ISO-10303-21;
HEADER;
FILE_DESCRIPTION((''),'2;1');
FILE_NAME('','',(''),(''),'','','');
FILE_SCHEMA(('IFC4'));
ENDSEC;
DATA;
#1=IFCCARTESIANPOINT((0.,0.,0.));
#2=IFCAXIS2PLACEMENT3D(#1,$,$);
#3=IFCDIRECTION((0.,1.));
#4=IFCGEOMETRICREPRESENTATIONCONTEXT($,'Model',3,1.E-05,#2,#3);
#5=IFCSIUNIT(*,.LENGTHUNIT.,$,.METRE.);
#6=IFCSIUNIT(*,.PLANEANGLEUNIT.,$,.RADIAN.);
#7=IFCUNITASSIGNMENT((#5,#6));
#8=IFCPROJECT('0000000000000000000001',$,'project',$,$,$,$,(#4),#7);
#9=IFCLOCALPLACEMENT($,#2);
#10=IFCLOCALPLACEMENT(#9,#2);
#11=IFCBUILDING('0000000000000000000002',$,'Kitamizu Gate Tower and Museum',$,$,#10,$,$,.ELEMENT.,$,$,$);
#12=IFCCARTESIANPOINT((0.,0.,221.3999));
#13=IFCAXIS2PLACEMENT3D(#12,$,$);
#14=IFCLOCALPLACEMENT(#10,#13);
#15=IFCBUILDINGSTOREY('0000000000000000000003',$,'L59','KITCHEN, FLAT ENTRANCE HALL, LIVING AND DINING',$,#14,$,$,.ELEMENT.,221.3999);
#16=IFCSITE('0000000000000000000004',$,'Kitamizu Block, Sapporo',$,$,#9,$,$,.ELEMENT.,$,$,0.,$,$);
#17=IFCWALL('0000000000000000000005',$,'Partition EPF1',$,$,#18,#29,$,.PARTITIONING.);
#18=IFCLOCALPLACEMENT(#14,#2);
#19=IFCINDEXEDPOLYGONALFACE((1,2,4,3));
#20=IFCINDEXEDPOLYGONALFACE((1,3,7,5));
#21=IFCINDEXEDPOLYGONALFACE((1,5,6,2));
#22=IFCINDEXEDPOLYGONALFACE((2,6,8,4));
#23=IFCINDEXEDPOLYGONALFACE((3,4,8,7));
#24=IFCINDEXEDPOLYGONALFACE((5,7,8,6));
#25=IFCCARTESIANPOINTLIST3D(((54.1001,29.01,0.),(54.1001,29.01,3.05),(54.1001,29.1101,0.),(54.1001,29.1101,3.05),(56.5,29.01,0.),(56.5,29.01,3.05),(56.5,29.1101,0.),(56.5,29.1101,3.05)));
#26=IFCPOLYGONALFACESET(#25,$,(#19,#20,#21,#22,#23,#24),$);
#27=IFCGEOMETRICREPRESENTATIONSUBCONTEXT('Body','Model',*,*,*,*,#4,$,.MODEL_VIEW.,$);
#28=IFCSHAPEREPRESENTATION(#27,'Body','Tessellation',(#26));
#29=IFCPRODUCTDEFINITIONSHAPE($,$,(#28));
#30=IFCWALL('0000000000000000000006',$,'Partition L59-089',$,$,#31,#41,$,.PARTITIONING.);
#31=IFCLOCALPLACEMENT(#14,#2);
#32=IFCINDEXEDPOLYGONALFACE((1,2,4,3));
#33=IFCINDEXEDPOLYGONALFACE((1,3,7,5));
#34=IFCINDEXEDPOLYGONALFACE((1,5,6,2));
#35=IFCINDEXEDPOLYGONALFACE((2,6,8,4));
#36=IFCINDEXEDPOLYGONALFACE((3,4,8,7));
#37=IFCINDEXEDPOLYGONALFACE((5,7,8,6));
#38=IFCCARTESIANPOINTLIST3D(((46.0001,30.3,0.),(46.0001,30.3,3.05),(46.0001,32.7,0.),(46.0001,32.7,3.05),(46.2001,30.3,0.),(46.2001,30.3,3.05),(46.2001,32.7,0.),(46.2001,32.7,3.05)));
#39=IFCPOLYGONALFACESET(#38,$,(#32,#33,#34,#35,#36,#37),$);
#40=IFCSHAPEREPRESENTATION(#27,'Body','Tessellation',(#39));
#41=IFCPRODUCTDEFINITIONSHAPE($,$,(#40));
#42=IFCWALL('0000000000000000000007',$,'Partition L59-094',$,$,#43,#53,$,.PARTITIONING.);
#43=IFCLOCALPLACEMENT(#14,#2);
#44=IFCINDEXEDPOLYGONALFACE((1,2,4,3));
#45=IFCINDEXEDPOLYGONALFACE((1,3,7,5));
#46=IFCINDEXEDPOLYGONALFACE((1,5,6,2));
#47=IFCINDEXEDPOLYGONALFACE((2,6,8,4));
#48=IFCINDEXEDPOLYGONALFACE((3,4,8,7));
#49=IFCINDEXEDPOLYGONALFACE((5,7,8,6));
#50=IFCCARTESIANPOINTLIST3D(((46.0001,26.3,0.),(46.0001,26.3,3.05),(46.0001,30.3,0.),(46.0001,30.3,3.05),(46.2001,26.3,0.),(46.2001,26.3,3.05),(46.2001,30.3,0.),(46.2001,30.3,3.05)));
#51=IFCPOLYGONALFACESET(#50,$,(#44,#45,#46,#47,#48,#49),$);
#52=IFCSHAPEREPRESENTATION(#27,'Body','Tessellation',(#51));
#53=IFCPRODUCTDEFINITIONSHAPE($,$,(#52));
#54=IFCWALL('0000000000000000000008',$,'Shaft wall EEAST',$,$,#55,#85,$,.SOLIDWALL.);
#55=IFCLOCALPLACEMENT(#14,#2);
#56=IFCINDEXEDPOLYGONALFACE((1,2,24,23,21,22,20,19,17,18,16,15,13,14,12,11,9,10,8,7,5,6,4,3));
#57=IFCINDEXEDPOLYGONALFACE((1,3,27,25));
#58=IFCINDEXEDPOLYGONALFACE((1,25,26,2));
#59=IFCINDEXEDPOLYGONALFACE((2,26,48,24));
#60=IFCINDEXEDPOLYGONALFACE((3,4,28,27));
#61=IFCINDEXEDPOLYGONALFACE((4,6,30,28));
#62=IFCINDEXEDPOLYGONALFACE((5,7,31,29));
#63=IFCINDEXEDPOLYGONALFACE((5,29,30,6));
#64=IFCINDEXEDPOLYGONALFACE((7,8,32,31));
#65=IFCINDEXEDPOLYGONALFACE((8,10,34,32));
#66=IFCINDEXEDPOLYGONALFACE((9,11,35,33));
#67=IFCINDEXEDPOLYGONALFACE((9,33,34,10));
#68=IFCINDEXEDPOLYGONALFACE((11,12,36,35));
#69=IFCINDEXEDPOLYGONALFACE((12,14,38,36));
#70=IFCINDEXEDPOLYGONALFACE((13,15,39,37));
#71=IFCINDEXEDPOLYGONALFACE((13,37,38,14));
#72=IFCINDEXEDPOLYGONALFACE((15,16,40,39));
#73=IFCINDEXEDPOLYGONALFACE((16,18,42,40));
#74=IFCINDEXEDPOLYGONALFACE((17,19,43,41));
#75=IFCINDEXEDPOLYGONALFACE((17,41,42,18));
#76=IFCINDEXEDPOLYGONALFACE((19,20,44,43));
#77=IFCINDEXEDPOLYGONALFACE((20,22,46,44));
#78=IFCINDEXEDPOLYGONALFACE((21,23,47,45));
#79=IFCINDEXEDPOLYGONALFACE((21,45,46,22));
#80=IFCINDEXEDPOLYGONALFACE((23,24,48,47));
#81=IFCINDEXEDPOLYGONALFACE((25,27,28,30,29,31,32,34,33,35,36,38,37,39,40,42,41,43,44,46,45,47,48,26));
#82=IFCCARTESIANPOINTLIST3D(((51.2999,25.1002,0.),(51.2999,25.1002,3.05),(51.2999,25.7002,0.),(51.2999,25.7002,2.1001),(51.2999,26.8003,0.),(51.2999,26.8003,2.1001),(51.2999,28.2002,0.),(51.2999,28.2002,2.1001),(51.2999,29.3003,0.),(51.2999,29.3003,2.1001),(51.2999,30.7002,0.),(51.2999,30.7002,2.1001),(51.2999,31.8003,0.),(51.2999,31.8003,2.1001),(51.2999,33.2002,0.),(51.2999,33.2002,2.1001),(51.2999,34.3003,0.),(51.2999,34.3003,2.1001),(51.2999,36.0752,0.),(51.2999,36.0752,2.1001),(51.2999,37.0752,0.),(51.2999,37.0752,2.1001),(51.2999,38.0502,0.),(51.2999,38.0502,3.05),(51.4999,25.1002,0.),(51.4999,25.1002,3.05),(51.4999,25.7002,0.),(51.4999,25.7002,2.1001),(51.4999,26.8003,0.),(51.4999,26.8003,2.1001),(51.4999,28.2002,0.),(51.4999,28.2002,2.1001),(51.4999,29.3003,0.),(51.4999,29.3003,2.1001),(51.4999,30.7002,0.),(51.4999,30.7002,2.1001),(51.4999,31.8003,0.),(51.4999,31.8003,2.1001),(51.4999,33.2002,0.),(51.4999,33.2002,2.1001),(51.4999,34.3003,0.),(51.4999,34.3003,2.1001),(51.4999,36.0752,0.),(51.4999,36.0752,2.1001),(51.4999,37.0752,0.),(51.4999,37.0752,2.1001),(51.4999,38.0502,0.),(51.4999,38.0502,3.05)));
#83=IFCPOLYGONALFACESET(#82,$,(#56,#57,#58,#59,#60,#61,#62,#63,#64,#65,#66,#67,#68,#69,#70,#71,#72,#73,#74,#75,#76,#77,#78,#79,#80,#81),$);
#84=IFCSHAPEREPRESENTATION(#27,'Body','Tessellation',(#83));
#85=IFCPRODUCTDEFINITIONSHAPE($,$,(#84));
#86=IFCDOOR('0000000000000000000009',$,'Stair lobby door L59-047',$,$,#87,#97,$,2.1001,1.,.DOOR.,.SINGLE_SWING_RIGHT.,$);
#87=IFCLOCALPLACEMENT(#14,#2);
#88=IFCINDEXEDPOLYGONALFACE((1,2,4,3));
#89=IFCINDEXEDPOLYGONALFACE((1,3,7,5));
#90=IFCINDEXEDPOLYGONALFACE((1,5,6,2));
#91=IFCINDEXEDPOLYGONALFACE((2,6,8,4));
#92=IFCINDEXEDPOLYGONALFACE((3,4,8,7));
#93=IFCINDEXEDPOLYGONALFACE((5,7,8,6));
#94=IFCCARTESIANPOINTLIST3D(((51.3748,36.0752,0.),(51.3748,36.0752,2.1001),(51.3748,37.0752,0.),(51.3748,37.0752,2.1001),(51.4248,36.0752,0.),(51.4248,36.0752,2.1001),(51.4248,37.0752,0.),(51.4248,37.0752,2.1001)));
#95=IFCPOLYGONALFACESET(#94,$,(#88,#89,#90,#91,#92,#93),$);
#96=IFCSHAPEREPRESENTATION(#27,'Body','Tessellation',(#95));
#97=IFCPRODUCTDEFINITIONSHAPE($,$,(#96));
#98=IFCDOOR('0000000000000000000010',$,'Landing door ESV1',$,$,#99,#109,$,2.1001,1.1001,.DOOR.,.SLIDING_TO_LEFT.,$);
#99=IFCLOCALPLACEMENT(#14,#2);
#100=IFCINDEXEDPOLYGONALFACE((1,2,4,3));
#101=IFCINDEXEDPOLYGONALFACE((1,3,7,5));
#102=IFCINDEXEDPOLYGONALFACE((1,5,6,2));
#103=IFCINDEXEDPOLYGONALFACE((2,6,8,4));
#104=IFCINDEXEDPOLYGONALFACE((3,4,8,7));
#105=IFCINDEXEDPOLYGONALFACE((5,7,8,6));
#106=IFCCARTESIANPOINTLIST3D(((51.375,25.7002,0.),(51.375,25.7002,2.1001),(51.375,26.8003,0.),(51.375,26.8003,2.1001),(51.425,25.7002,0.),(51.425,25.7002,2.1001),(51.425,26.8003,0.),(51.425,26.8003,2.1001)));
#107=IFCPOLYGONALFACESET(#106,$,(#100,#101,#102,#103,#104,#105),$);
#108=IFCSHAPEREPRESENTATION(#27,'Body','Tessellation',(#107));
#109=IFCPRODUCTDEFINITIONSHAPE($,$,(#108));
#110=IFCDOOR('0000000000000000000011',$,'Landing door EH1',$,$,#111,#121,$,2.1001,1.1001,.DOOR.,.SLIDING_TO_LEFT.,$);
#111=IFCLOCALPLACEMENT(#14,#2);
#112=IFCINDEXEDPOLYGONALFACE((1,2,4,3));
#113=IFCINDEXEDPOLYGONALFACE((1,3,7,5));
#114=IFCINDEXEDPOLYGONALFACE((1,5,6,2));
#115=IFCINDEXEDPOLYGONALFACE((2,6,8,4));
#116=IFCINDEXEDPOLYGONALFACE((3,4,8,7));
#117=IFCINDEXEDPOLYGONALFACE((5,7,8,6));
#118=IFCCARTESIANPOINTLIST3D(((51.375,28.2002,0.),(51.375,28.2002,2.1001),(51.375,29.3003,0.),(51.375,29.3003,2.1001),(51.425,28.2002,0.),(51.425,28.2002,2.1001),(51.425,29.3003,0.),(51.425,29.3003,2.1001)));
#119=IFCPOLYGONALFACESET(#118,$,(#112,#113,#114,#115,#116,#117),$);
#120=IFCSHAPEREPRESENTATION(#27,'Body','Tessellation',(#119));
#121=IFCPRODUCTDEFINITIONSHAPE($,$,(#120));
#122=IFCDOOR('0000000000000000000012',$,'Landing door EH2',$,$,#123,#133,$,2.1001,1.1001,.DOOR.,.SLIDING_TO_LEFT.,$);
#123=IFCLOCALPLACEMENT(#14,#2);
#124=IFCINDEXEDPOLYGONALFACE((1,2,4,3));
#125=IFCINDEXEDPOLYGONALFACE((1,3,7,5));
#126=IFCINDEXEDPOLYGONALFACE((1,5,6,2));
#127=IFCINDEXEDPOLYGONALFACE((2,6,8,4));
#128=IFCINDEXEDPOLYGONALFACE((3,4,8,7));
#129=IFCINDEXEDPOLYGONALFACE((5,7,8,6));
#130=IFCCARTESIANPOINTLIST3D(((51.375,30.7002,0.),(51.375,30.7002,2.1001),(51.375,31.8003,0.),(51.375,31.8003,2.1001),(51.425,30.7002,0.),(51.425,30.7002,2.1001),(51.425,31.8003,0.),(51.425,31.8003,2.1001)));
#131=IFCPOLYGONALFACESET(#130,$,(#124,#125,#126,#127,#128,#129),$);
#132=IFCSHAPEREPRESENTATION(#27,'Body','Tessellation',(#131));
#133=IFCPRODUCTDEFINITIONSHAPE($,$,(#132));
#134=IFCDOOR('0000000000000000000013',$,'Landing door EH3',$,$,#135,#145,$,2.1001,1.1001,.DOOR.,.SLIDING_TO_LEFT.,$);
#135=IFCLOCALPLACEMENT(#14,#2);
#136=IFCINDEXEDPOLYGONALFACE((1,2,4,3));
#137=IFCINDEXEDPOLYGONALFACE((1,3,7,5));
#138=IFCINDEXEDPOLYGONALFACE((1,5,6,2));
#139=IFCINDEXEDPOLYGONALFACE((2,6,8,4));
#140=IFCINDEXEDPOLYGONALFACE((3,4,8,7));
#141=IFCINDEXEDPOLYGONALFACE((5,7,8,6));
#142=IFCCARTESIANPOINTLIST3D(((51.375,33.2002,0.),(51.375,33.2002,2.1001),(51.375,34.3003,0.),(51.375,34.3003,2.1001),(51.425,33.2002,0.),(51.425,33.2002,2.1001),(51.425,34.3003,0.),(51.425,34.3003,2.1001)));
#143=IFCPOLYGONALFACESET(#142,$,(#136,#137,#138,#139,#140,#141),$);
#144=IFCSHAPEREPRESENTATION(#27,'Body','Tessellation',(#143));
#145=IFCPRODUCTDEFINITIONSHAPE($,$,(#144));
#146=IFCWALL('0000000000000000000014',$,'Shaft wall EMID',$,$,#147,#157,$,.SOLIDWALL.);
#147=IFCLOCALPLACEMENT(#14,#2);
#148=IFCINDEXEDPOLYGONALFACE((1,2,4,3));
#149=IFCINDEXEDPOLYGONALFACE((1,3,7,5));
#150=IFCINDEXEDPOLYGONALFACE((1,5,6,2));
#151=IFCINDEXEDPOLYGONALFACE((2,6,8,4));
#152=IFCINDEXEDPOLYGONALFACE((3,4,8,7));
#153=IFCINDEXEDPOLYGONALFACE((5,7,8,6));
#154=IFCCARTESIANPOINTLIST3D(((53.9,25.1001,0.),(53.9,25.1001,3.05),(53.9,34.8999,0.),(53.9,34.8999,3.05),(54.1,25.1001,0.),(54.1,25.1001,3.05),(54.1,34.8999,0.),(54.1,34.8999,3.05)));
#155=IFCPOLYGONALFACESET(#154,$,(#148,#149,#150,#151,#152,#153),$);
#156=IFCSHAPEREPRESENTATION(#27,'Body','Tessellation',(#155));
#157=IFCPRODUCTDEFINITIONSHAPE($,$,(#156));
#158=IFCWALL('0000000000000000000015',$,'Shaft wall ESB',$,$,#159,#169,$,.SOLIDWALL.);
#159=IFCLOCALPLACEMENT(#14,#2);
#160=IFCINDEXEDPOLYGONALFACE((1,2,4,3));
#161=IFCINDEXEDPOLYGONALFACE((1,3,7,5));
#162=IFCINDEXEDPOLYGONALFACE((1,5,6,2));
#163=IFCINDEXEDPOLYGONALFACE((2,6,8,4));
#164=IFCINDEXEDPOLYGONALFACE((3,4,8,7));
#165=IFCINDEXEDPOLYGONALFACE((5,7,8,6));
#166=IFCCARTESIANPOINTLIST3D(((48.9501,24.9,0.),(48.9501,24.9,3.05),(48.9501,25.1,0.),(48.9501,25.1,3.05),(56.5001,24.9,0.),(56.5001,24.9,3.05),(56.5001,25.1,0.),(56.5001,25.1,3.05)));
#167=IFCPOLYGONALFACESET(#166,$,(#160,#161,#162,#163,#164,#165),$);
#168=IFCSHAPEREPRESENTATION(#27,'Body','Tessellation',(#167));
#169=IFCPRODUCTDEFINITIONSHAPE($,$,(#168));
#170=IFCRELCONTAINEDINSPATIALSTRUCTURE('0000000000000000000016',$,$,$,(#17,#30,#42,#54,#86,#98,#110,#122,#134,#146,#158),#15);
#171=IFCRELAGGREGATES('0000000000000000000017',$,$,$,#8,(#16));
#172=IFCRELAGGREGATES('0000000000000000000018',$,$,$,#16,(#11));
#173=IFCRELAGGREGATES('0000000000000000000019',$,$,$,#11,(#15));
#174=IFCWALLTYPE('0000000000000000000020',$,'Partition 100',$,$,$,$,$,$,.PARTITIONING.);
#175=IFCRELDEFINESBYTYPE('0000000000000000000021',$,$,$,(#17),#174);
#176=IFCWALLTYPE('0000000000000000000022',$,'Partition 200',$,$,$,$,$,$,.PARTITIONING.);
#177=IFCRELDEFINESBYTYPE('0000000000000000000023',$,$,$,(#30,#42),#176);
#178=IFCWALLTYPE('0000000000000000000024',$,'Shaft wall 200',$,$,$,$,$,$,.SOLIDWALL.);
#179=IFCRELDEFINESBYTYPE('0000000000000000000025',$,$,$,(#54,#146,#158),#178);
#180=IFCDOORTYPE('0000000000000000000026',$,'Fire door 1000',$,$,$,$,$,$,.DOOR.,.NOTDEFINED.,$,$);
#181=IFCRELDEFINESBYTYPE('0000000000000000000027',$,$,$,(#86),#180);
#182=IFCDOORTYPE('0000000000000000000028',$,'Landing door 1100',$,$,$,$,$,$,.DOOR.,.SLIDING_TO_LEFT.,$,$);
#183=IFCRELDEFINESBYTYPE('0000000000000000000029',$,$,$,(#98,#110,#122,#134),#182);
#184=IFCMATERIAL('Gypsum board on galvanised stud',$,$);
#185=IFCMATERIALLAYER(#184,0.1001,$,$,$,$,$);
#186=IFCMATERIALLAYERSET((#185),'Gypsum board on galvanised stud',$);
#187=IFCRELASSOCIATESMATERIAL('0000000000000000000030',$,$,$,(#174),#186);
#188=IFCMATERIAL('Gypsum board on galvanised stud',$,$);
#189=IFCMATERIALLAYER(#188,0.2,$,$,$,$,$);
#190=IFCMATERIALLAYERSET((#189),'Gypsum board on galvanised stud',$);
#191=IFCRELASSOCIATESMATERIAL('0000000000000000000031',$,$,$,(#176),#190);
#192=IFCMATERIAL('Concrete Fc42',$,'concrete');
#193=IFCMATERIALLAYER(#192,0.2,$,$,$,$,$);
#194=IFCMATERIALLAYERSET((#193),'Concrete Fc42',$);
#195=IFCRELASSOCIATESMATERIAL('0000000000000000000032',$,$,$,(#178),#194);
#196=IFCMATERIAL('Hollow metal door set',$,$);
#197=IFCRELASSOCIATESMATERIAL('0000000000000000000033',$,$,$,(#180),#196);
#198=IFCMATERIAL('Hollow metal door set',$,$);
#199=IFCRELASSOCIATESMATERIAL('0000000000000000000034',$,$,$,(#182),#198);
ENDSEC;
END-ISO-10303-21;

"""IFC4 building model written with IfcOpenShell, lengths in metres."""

from ifc_helpers import new_model, si_unit, direction, frame, frame_2d, origin, place, context, subcontext, project, spatial, rectangle, extrude, material, layer, layer_set, type_object, element, fill, save


model = new_model("IFC4")

# Units and contexts
model_context = context("Model", 3, precision=1e-05, world=origin(), true_north=direction((0.0, 1.0)))
body_context = subcontext(model_context, "Body", "Model", "MODEL_VIEW")
ifc_project = project(units=[si_unit("LENGTHUNIT", "METRE"), si_unit("PLANEANGLEUNIT", "RADIAN")], contexts=[model_context])

# Site, building, storey
site_placement = place(None, origin())
site = spatial("IfcSite", under=ifc_project, at=site_placement, Name="Kitamizu Block, Sapporo", CompositionType="ELEMENT", RefElevation=0.0)
building_placement = place(site_placement, origin())
building = spatial("IfcBuilding", under=site, at=building_placement, Name="Kitamizu Gate Tower and Museum", CompositionType="ELEMENT")
storey_placement = place(building_placement, frame((0.0, 0.0, 221.3999)))
storey = spatial("IfcBuildingStorey", under=building, at=storey_placement, Name="L59", Description="KITCHEN, FLAT ENTRANCE HALL, LIVING AND DINING", CompositionType="ELEMENT", Elevation=221.3999)

# Walls
ifc_material_1 = material(Name="Gypsum board on galvanised stud")
ifc_layer_1 = layer(ifc_material_1, 0.1001)
ifc_layer_set_1 = layer_set([ifc_layer_1], Name="Gypsum board on galvanised stud")
wall_type_1 = type_object("IfcWallType", Name="Partition 100", PredefinedType="PARTITIONING", material=ifc_layer_set_1)
wall_1_placement = place(storey_placement, frame((56.5, 29.0601, 0.0), z_axis=(0.0, 0.0, 1.0), x_axis=(-1.0, 0.0, 0.0)))
element("IfcWall", 1, at=wall_1_placement, inside=storey, type_object=wall_type_1, Name="Partition EPF1", PredefinedType="PARTITIONING", context=body_context, shape_type="SweptSolid", body=[
    extrude(rectangle(XDim=2.3999, YDim=0.1001, at=frame_2d((1.2, 0.0))), origin(), (0.0, 0.0, 1.0), 3.05),
])
ifc_material_2 = material(Name="Gypsum board on galvanised stud")
ifc_layer_2 = layer(ifc_material_2, 0.2)
ifc_layer_set_2 = layer_set([ifc_layer_2], Name="Gypsum board on galvanised stud")
wall_type_2 = type_object("IfcWallType", Name="Partition 200", PredefinedType="PARTITIONING", material=ifc_layer_set_2)
wall_2_placement = place(storey_placement, frame((46.1001, 30.3, 0.0), z_axis=(0.0, 0.0, 1.0), x_axis=(0.0, 1.0, 0.0)))
element("IfcWall", 2, at=wall_2_placement, inside=storey, type_object=wall_type_2, Name="Partition L59-089", PredefinedType="PARTITIONING", context=body_context, shape_type="SweptSolid", body=[
    extrude(rectangle(XDim=2.3999, YDim=0.2, at=frame_2d((1.2, 0.0))), origin(), (0.0, 0.0, 1.0), 3.05),
])
wall_3_placement = place(storey_placement, frame((46.1001, 26.3, 0.0), z_axis=(0.0, 0.0, 1.0), x_axis=(0.0, 1.0, 0.0)))
element("IfcWall", 3, at=wall_3_placement, inside=storey, type_object=wall_type_2, Name="Partition L59-094", PredefinedType="PARTITIONING", context=body_context, shape_type="SweptSolid", body=[
    extrude(rectangle(XDim=4.0, YDim=0.2, at=frame_2d((2.0, 0.0))), origin(), (0.0, 0.0, 1.0), 3.05),
])

# Wall, openings, doors
ifc_material_3 = material(Name="Concrete Fc42", Category="concrete")
ifc_layer_3 = layer(ifc_material_3, 0.2)
ifc_layer_set_3 = layer_set([ifc_layer_3], Name="Concrete Fc42")
wall_type_3 = type_object("IfcWallType", Name="Shaft wall 200", PredefinedType="SOLIDWALL", material=ifc_layer_set_3)
wall_4_placement = place(storey_placement, frame((51.3999, 25.1001, 0.0), z_axis=(0.0, 0.0, 1.0), x_axis=(0.0, 1.0, 0.0)))
wall_4 = element("IfcWall", 4, at=wall_4_placement, inside=storey, type_object=wall_type_3, Name="Shaft wall EEAST", PredefinedType="SOLIDWALL", context=body_context, shape_type="SweptSolid", body=[
    extrude(rectangle(XDim=12.95, YDim=0.2, at=frame_2d((6.4751, 0.0))), origin(), (0.0, 0.0, 1.0), 3.05),
])
opening_1_placement = place(wall_4_placement, frame((0.6001, 0.0, 0.0)))
opening_1 = element("IfcOpeningElement", 5, at=opening_1_placement, cuts=wall_4, PredefinedType="OPENING", context=body_context, shape_type="SweptSolid", body=[
    extrude(rectangle(XDim=1.1001, YDim=2.1001, at=frame_2d((0.55, 1.05))), frame((0.0, 0.1099, 0.0), z_axis=(0.0, -1.0, 0.0), x_axis=(1.0, 0.0, 0.0)), (0.0, 0.0, 1.0), 0.22),
])
opening_2_placement = place(wall_4_placement, frame((3.1001, 0.0, 0.0)))
opening_2 = element("IfcOpeningElement", 6, at=opening_2_placement, cuts=wall_4, PredefinedType="OPENING", context=body_context, shape_type="SweptSolid", body=[
    extrude(rectangle(XDim=1.1001, YDim=2.1001, at=frame_2d((0.55, 1.05))), frame((0.0, 0.1099, 0.0), z_axis=(0.0, -1.0, 0.0), x_axis=(1.0, 0.0, 0.0)), (0.0, 0.0, 1.0), 0.22),
])
opening_3_placement = place(wall_4_placement, frame((5.6001, 0.0, 0.0)))
opening_3 = element("IfcOpeningElement", 7, at=opening_3_placement, cuts=wall_4, PredefinedType="OPENING", context=body_context, shape_type="SweptSolid", body=[
    extrude(rectangle(XDim=1.1001, YDim=2.1001, at=frame_2d((0.55, 1.05))), frame((0.0, 0.1099, 0.0), z_axis=(0.0, -1.0, 0.0), x_axis=(1.0, 0.0, 0.0)), (0.0, 0.0, 1.0), 0.22),
])
opening_4_placement = place(wall_4_placement, frame((8.1001, 0.0, 0.0)))
opening_4 = element("IfcOpeningElement", 8, at=opening_4_placement, cuts=wall_4, PredefinedType="OPENING", context=body_context, shape_type="SweptSolid", body=[
    extrude(rectangle(XDim=1.1001, YDim=2.1001, at=frame_2d((0.55, 1.05))), frame((0.0, 0.1099, 0.0), z_axis=(0.0, -1.0, 0.0), x_axis=(1.0, 0.0, 0.0)), (0.0, 0.0, 1.0), 0.22),
])
opening_5_placement = place(wall_4_placement, frame((10.9751, 0.0, 0.0)))
opening_5 = element("IfcOpeningElement", 9, at=opening_5_placement, cuts=wall_4, PredefinedType="OPENING", context=body_context, shape_type="SweptSolid", body=[
    extrude(rectangle(XDim=1.0, YDim=2.1001, at=frame_2d((0.5, 1.05))), frame((0.0, 0.1099, 0.0), z_axis=(0.0, -1.0, 0.0), x_axis=(1.0, 0.0, 0.0)), (0.0, 0.0, 1.0), 0.22),
])
ifc_material_4 = material(Name="Hollow metal door set")
door_type_1 = type_object("IfcDoorType", Name="Fire door 1000", OperationType="NOTDEFINED", PredefinedType="DOOR", material=ifc_material_4)
door_1_placement = place(opening_5_placement, frame((1.0, 0.0, 0.0), x_axis=(-1.0, 0.0, 0.0)))
door_1 = element("IfcDoor", 10, at=door_1_placement, inside=storey, type_object=door_type_1, Name="Stair lobby door L59-047", OperationType="SINGLE_SWING_RIGHT", OverallHeight=2.1001, OverallWidth=1.0, PredefinedType="DOOR", context=body_context, shape_type="SweptSolid", body=[
    extrude(rectangle(XDim=1.0, YDim=2.1001, at=frame_2d((0.5, 1.05))), frame((0.0, 0.0249, 0.0), z_axis=(0.0, -1.0, 0.0), x_axis=(1.0, 0.0, 0.0)), (0.0, 0.0, 1.0), 0.05),
])
fill(opening_5, door_1)
ifc_material_5 = material(Name="Hollow metal door set")
door_type_2 = type_object("IfcDoorType", Name="Landing door 1100", OperationType="SLIDING_TO_LEFT", PredefinedType="DOOR", material=ifc_material_5)
door_2_placement = place(opening_1_placement, origin())
door_2 = element("IfcDoor", 11, at=door_2_placement, inside=storey, type_object=door_type_2, Name="Landing door ESV1", OperationType="SLIDING_TO_LEFT", OverallHeight=2.1001, OverallWidth=1.1001, PredefinedType="DOOR", context=body_context, shape_type="SweptSolid", body=[
    extrude(rectangle(XDim=1.1001, YDim=2.1001, at=frame_2d((0.55, 1.05))), frame((0.0, 0.0249, 0.0), z_axis=(0.0, -1.0, 0.0), x_axis=(1.0, 0.0, 0.0)), (0.0, 0.0, 1.0), 0.05),
])
fill(opening_1, door_2)
door_3_placement = place(opening_2_placement, origin())
door_3 = element("IfcDoor", 12, at=door_3_placement, inside=storey, type_object=door_type_2, Name="Landing door EH1", OperationType="SLIDING_TO_LEFT", OverallHeight=2.1001, OverallWidth=1.1001, PredefinedType="DOOR", context=body_context, shape_type="SweptSolid", body=[
    extrude(rectangle(XDim=1.1001, YDim=2.1001, at=frame_2d((0.55, 1.05))), frame((0.0, 0.0249, 0.0), z_axis=(0.0, -1.0, 0.0), x_axis=(1.0, 0.0, 0.0)), (0.0, 0.0, 1.0), 0.05),
])
fill(opening_2, door_3)
door_4_placement = place(opening_3_placement, origin())
door_4 = element("IfcDoor", 13, at=door_4_placement, inside=storey, type_object=door_type_2, Name="Landing door EH2", OperationType="SLIDING_TO_LEFT", OverallHeight=2.1001, OverallWidth=1.1001, PredefinedType="DOOR", context=body_context, shape_type="SweptSolid", body=[
    extrude(rectangle(XDim=1.1001, YDim=2.1001, at=frame_2d((0.55, 1.05))), frame((0.0, 0.0249, 0.0), z_axis=(0.0, -1.0, 0.0), x_axis=(1.0, 0.0, 0.0)), (0.0, 0.0, 1.0), 0.05),
])
fill(opening_3, door_4)
door_5_placement = place(opening_4_placement, origin())
door_5 = element("IfcDoor", 14, at=door_5_placement, inside=storey, type_object=door_type_2, Name="Landing door EH3", OperationType="SLIDING_TO_LEFT", OverallHeight=2.1001, OverallWidth=1.1001, PredefinedType="DOOR", context=body_context, shape_type="SweptSolid", body=[
    extrude(rectangle(XDim=1.1001, YDim=2.1001, at=frame_2d((0.55, 1.05))), frame((0.0, 0.0249, 0.0), z_axis=(0.0, -1.0, 0.0), x_axis=(1.0, 0.0, 0.0)), (0.0, 0.0, 1.0), 0.05),
])
fill(opening_4, door_5)

# Walls
wall_5_placement = place(storey_placement, frame((54.0, 25.1001, 0.0), z_axis=(0.0, 0.0, 1.0), x_axis=(0.0, 1.0, 0.0)))
element("IfcWall", 15, at=wall_5_placement, inside=storey, type_object=wall_type_3, Name="Shaft wall EMID", PredefinedType="SOLIDWALL", context=body_context, shape_type="SweptSolid", body=[
    extrude(rectangle(XDim=9.7998, YDim=0.2, at=frame_2d((4.8999, 0.0))), origin(), (0.0, 0.0, 1.0), 3.05),
])
wall_6_placement = place(storey_placement, frame((56.5, 25.0, 0.0), z_axis=(0.0, 0.0, 1.0), x_axis=(-1.0, 0.0, 0.0)))
element("IfcWall", 16, at=wall_6_placement, inside=storey, type_object=wall_type_3, Name="Shaft wall ESB", PredefinedType="SOLIDWALL", context=body_context, shape_type="SweptSolid", body=[
    extrude(rectangle(XDim=7.55, YDim=0.2, at=frame_2d((3.7749, 0.0))), origin(), (0.0, 0.0, 1.0), 3.05),
])

save(model, "model.ifc")
